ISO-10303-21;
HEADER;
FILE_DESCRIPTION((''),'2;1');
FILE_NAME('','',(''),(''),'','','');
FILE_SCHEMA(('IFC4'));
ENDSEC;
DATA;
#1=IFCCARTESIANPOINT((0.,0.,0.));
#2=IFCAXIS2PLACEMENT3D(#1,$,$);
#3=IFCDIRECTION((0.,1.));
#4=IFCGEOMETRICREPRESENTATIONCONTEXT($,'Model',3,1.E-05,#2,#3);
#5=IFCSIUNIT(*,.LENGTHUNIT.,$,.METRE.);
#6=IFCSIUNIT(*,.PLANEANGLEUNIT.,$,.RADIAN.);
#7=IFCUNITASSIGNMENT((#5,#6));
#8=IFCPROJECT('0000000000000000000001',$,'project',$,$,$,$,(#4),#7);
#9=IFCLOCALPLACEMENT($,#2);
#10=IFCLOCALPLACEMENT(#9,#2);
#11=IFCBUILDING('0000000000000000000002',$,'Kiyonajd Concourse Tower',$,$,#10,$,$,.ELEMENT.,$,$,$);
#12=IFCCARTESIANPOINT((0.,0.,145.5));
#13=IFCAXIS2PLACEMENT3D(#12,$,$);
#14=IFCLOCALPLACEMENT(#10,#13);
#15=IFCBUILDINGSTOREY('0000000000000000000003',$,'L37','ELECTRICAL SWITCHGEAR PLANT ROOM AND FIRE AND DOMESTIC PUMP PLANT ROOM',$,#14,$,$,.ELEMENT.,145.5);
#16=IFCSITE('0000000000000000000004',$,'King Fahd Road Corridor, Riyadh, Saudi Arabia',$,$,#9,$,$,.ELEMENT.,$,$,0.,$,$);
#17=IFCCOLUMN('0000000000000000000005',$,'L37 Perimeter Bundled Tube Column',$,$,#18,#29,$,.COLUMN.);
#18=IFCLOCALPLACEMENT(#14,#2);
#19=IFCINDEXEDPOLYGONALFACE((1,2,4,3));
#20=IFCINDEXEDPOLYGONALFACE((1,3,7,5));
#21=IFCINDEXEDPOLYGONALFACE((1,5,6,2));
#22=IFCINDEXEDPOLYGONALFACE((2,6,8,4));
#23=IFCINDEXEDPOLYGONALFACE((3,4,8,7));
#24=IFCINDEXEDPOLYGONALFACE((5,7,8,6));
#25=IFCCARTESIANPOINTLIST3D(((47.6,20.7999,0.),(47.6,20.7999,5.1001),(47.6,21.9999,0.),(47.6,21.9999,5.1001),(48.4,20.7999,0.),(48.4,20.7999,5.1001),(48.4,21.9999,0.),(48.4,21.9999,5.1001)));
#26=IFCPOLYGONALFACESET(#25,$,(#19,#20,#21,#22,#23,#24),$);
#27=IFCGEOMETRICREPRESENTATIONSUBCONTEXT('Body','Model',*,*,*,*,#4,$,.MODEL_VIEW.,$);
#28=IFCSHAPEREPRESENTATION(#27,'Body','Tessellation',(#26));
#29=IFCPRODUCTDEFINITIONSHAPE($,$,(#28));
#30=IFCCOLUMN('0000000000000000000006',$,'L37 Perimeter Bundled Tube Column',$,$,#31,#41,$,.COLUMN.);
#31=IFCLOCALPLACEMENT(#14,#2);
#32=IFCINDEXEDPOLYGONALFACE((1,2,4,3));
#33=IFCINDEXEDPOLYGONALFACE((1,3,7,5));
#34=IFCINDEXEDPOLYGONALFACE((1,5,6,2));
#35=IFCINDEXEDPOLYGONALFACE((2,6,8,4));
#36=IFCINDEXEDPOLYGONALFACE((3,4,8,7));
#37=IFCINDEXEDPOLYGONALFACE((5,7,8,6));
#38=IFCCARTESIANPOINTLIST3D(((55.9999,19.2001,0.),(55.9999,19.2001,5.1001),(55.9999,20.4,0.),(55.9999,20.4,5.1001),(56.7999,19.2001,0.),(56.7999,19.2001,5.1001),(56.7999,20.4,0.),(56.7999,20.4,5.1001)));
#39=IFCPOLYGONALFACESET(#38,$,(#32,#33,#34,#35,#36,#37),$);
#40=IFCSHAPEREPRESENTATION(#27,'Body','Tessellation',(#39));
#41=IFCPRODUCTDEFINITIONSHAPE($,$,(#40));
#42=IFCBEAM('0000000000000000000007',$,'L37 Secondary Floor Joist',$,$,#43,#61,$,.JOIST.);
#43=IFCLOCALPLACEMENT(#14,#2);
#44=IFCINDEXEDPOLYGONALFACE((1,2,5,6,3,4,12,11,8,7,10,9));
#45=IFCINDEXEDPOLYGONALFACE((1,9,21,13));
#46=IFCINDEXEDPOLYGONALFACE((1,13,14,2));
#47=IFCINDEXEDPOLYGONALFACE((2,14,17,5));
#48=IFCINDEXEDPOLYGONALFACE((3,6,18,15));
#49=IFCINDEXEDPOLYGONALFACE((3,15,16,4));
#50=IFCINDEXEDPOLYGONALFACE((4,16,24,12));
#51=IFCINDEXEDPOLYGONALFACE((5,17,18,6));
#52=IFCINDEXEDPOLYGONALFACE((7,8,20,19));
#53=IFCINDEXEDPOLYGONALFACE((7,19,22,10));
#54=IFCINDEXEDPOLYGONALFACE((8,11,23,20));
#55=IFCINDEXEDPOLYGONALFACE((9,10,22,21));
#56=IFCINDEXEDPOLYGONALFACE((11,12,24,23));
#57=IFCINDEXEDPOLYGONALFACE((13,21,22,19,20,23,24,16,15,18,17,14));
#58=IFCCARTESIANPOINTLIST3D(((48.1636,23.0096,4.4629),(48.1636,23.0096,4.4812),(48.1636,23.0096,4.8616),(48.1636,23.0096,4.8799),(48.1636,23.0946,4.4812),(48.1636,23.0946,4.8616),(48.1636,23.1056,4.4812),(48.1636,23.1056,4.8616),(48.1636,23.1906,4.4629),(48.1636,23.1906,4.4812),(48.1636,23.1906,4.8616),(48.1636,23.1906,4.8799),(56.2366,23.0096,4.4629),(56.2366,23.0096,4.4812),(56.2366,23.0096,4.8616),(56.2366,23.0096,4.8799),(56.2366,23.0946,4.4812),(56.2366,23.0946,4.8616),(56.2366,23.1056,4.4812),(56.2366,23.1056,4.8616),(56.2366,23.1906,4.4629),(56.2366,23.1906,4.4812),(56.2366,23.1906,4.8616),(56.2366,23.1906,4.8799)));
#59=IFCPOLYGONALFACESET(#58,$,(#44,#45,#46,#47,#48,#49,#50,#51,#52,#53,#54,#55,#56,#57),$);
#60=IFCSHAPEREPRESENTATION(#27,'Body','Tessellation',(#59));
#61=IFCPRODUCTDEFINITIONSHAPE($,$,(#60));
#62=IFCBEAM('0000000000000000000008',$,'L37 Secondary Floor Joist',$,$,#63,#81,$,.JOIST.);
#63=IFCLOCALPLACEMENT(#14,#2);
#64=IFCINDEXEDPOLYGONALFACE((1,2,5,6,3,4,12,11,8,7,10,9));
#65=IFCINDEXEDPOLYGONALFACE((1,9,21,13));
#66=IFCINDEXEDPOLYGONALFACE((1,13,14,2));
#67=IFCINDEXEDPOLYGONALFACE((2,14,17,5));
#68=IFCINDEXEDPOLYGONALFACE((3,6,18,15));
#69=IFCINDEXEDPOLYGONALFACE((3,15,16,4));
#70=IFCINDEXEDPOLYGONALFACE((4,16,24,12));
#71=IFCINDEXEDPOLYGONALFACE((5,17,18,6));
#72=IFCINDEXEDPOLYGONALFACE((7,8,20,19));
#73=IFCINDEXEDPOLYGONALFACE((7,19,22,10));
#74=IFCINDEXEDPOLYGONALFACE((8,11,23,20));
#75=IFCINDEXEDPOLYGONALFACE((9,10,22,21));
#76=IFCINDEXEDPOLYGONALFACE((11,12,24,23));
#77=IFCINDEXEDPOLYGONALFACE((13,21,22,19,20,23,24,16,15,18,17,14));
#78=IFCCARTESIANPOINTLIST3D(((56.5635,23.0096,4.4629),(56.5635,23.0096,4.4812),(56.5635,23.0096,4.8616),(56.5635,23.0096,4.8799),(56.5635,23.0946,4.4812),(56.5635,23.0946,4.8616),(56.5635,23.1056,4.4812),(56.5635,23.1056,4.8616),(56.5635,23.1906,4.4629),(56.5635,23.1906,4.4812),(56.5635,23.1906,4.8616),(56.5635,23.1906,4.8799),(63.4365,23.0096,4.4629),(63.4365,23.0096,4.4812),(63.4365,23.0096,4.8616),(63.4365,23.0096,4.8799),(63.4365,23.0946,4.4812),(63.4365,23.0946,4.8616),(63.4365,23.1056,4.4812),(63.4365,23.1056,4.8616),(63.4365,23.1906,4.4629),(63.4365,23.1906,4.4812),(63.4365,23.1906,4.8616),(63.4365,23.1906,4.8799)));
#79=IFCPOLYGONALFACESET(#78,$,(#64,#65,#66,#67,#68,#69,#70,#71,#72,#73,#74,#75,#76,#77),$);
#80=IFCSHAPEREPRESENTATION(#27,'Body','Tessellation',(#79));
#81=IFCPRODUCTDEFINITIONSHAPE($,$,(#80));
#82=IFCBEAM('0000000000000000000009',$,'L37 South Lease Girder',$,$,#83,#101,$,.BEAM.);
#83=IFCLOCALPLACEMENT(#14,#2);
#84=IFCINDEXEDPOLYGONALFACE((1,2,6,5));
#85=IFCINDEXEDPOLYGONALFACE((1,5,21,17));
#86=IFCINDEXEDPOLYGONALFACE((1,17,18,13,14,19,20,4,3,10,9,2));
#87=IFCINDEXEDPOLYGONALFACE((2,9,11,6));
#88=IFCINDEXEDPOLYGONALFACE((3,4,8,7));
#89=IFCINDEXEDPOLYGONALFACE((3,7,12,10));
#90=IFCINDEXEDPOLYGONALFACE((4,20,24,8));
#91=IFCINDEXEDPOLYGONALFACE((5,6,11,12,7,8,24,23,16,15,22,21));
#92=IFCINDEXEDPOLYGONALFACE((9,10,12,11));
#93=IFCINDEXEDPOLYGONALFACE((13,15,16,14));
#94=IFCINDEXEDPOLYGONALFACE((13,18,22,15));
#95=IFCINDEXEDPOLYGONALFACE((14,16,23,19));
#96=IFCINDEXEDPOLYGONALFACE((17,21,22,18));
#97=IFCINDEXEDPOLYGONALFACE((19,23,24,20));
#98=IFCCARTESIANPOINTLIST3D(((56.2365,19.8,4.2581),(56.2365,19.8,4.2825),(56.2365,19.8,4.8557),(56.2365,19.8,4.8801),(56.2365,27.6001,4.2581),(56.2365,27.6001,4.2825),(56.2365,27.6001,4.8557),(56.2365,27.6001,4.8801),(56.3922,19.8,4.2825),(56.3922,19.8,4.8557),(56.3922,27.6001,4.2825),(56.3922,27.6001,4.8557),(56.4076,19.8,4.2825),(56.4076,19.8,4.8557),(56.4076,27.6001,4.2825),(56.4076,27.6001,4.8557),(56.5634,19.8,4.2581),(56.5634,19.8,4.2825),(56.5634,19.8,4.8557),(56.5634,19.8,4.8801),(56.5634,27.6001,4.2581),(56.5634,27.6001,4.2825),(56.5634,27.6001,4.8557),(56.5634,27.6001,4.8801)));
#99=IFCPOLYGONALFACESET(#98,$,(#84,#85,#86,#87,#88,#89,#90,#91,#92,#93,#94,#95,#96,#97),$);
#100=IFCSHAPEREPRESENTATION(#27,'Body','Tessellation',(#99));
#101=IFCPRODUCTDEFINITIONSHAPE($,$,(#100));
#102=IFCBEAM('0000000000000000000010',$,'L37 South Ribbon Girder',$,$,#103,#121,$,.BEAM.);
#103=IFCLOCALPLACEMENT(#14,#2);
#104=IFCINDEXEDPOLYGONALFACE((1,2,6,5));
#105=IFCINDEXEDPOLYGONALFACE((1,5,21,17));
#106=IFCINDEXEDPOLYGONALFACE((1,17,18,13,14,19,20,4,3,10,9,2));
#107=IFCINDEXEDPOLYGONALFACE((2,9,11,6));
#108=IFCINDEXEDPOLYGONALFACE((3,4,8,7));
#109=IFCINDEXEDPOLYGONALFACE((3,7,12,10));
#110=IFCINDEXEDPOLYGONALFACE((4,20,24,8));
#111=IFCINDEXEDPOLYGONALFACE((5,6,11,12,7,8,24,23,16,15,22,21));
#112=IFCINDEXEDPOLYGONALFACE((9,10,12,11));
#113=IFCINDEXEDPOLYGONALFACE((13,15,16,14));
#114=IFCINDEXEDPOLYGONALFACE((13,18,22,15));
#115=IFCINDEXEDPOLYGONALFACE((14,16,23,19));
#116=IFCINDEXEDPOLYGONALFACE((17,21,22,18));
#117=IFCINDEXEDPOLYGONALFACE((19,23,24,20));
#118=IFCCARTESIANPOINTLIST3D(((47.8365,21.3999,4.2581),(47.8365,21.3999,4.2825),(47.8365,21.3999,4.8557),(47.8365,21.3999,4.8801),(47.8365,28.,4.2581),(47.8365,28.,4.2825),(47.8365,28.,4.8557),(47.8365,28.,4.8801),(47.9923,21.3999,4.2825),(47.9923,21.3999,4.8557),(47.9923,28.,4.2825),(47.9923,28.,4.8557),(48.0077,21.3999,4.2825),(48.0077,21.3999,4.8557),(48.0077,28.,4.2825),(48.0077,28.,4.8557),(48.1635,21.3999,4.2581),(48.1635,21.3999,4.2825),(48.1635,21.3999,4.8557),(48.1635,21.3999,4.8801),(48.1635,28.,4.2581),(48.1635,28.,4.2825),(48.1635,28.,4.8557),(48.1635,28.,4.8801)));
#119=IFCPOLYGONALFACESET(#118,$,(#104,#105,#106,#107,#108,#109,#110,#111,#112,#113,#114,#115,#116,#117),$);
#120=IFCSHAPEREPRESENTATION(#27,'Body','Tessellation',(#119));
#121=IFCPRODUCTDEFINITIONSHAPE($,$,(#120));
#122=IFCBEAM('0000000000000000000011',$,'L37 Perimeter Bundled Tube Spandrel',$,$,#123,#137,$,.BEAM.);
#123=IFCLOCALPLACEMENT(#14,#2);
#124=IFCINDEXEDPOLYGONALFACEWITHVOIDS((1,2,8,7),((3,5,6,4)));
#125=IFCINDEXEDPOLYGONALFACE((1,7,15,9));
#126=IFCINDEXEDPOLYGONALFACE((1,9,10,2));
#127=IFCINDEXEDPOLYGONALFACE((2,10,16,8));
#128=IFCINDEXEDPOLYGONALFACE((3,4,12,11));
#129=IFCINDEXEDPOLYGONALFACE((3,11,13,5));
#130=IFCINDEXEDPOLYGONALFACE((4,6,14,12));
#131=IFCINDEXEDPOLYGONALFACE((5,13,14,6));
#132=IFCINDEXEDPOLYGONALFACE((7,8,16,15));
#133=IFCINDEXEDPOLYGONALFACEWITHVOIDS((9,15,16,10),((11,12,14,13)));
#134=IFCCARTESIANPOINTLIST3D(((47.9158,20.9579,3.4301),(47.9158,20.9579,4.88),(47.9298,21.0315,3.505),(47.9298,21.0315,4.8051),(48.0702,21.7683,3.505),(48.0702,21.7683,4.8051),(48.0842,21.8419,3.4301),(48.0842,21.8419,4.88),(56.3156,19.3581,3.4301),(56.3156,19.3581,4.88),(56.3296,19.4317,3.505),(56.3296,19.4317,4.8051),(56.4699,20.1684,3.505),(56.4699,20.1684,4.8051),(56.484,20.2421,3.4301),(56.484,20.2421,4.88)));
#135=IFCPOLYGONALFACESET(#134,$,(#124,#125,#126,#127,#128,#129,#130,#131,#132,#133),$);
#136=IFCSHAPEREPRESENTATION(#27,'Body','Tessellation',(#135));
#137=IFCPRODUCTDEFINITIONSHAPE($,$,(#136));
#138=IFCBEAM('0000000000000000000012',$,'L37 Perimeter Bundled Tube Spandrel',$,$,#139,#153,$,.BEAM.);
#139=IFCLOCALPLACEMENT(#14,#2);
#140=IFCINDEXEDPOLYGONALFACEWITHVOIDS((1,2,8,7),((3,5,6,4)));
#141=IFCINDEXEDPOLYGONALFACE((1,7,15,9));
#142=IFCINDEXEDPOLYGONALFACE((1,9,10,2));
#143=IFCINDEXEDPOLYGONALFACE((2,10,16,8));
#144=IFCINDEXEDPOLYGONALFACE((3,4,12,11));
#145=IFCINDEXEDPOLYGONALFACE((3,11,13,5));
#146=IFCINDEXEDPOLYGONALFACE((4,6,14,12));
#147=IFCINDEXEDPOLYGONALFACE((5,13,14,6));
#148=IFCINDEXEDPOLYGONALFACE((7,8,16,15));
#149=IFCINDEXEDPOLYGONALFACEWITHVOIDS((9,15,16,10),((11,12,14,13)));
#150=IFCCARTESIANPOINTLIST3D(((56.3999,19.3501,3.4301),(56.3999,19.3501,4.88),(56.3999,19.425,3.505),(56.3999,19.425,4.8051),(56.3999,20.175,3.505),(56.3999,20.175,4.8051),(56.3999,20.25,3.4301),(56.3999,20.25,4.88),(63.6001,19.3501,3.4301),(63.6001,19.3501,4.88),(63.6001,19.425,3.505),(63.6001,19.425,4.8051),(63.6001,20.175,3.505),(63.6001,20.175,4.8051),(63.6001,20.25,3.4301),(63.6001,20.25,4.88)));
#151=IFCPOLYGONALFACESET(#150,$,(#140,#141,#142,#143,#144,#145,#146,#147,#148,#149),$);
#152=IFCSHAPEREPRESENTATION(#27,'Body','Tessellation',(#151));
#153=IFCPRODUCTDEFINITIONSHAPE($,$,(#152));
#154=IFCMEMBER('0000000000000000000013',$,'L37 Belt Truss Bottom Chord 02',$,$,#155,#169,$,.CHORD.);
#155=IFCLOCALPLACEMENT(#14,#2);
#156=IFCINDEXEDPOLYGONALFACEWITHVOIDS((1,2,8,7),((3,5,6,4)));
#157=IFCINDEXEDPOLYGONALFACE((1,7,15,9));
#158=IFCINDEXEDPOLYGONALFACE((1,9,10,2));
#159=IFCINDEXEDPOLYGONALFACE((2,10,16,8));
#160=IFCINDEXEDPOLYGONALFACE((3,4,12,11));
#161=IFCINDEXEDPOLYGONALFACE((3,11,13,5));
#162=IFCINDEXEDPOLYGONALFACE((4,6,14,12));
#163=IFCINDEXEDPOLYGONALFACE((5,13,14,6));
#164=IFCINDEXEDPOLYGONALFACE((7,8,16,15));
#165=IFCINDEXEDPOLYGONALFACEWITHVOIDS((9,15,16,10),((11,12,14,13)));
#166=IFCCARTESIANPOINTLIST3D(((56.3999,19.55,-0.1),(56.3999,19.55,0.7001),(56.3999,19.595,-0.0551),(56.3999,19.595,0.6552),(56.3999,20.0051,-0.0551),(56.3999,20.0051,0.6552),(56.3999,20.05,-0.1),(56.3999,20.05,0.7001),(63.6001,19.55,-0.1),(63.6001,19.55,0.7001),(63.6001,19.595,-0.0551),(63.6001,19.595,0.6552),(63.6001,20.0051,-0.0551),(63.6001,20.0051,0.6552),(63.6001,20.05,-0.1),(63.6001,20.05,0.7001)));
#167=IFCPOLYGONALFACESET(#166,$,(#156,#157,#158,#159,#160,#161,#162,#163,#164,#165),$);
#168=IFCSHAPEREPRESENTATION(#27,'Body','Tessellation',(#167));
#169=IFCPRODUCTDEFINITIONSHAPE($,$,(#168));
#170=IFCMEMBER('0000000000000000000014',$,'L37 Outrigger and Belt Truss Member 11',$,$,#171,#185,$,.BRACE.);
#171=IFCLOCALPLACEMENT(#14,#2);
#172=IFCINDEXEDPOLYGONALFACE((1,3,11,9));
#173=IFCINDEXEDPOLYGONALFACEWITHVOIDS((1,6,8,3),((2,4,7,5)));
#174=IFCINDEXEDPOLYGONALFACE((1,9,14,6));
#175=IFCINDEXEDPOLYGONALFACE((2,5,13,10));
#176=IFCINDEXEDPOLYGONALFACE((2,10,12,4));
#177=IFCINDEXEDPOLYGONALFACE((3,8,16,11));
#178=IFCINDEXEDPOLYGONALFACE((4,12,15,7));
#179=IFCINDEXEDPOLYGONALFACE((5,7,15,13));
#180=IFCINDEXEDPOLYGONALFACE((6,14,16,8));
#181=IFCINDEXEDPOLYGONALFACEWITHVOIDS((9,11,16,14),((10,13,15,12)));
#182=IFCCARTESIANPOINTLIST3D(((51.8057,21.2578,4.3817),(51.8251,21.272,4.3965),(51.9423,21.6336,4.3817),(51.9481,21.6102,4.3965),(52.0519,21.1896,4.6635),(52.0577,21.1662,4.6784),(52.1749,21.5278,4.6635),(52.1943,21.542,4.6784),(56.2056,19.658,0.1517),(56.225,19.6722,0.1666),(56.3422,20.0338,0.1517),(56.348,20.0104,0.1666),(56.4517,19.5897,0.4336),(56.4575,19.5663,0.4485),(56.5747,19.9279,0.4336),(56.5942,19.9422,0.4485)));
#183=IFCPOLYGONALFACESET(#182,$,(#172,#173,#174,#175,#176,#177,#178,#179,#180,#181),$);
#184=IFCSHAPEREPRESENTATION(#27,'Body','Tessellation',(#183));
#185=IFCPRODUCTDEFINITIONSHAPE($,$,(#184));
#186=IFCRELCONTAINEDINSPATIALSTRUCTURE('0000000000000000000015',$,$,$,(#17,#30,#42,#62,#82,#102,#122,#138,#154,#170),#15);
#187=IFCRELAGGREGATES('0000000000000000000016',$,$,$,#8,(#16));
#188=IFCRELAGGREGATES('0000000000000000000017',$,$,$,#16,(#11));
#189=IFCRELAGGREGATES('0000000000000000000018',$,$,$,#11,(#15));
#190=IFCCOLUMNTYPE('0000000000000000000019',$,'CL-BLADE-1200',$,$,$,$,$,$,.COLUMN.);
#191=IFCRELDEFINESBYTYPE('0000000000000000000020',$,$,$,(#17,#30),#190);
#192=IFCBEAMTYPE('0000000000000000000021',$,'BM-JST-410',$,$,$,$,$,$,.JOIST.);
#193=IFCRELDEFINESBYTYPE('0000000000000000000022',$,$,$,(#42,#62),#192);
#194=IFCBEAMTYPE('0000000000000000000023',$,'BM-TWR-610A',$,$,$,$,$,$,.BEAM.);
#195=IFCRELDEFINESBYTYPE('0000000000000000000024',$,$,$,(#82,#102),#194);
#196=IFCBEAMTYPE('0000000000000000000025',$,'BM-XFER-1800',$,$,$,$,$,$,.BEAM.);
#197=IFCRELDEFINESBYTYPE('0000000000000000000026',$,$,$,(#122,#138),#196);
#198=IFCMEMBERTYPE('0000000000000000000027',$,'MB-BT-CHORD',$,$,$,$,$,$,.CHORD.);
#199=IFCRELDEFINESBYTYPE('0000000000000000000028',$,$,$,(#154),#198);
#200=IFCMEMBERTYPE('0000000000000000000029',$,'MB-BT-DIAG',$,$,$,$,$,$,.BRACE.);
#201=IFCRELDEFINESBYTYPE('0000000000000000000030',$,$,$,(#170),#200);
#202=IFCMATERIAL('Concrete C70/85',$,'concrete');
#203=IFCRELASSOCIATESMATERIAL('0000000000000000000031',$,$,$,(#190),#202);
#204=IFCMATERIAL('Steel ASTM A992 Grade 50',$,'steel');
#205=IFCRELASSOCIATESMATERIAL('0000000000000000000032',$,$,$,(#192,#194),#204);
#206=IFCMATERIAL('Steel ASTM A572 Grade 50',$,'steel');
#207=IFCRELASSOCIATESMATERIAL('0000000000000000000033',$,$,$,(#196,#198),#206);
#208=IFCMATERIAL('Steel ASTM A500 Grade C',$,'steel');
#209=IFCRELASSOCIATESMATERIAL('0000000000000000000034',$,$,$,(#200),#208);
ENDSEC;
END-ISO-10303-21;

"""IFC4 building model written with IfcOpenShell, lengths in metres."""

from ifc_helpers import new_model, si_unit, direction, frame, origin, origin_2d, place, context, subcontext, project, spatial, rectangle, hollow_rectangle, i_section, extrude, material, material_profile, profile_set, type_object, element, save


model = new_model("IFC4")

# Units and contexts
model_context = context("Model", 3, precision=1e-05, world=origin(), true_north=direction((0.0, 1.0)))
body_context = subcontext(model_context, "Body", "Model", "MODEL_VIEW")
ifc_project = project(units=[si_unit("LENGTHUNIT", "METRE"), si_unit("PLANEANGLEUNIT", "RADIAN")], contexts=[model_context])

# Site, building, storey
site_placement = place(None, origin())
site = spatial("IfcSite", under=ifc_project, at=site_placement, Name="King Fahd Road Corridor, Riyadh, Saudi Arabia", CompositionType="ELEMENT", RefElevation=0.0)
building_placement = place(site_placement, origin())
building = spatial("IfcBuilding", under=site, at=building_placement, Name="Kiyonajd Concourse Tower", CompositionType="ELEMENT")
storey_placement = place(building_placement, frame((0.0, 0.0, 145.5)))
storey = spatial("IfcBuildingStorey", under=building, at=storey_placement, Name="L37", Description="ELECTRICAL SWITCHGEAR PLANT ROOM AND FIRE AND DOMESTIC PUMP PLANT ROOM", CompositionType="ELEMENT", Elevation=145.5)

# Columns
ifc_material_1 = material(Name="Concrete C70/85", Category="concrete")
ifc_material_profile_1 = material_profile(ifc_material_1, rectangle(XDim=0.8, YDim=1.2, at=origin_2d()), Name="RC-1200x800")
ifc_profile_set_1 = profile_set([ifc_material_profile_1], Name="Concrete C70/85")
column_type = type_object("IfcColumnType", Name="CL-BLADE-1200", PredefinedType="COLUMN", material=ifc_profile_set_1)
for number, where, z_axis, x_axis, name in (
    (1, (48.0, 21.3999, 0.0), (0.0, 0.0, 1.0), (1.0, 0.0, 0.0), "L37 Perimeter Bundled Tube Column"),
    (2, (56.3999, 19.8, 0.0), (0.0, 0.0, 1.0), (1.0, 0.0, 0.0), "L37 Perimeter Bundled Tube Column"),
):
    element("IfcColumn", number, at=place(storey_placement, frame(where, z_axis=z_axis, x_axis=x_axis)), inside=storey, type_object=column_type, Name=name, PredefinedType="COLUMN", context=body_context, shape_type="SweptSolid", body=[
        extrude(rectangle(XDim=0.8, YDim=1.2, at=origin_2d()), origin(), (0.0, 0.0, 1.0), 5.1001),
    ])

# Beams
ifc_material_2 = material(Name="Steel ASTM A992 Grade 50", Category="steel")
ifc_material_profile_2 = material_profile(ifc_material_2, i_section(OverallWidth=0.1809, OverallDepth=0.417, WebThickness=0.011, FlangeThickness=0.0183, at=origin_2d()), Name="W410X85")
ifc_profile_set_2 = profile_set([ifc_material_profile_2], Name="Steel ASTM A992 Grade 50")
beam_type_1 = type_object("IfcBeamType", Name="BM-JST-410", PredefinedType="JOIST", material=ifc_profile_set_2)
beam_1_placement = place(storey_placement, frame((48.1636, 23.1001, 4.6714), z_axis=(1.0, 0.0, 0.0), x_axis=(0.0, 1.0, 0.0)))
element("IfcBeam", 3, at=beam_1_placement, inside=storey, type_object=beam_type_1, Name="L37 Secondary Floor Joist", PredefinedType="JOIST", context=body_context, shape_type="SweptSolid", body=[
    extrude(i_section(OverallWidth=0.1809, OverallDepth=0.417, WebThickness=0.011, FlangeThickness=0.0183, at=origin_2d()), origin(), (0.0, 0.0, 1.0), 8.073),
])
beam_2_placement = place(storey_placement, frame((56.5635, 23.1001, 4.6714), z_axis=(1.0, 0.0, 0.0), x_axis=(0.0, 1.0, 0.0)))
element("IfcBeam", 4, at=beam_2_placement, inside=storey, type_object=beam_type_1, Name="L37 Secondary Floor Joist", PredefinedType="JOIST", context=body_context, shape_type="SweptSolid", body=[
    extrude(i_section(OverallWidth=0.1809, OverallDepth=0.417, WebThickness=0.011, FlangeThickness=0.0183, at=origin_2d()), origin(), (0.0, 0.0, 1.0), 6.873),
])
ifc_material_profile_3 = material_profile(ifc_material_2, i_section(OverallWidth=0.3269, OverallDepth=0.6221, WebThickness=0.0154, FlangeThickness=0.0244, at=origin_2d()), Name="W610X195")
ifc_profile_set_3 = profile_set([ifc_material_profile_3], Name="Steel ASTM A992 Grade 50")
beam_type_2 = type_object("IfcBeamType", Name="BM-TWR-610A", PredefinedType="BEAM", material=ifc_profile_set_3)
beam_3_placement = place(storey_placement, frame((56.3999, 19.8, 4.5691), z_axis=(0.0, 1.0, 0.0), x_axis=(-1.0, 0.0, 0.0)))
element("IfcBeam", 5, at=beam_3_placement, inside=storey, type_object=beam_type_2, Name="L37 South Lease Girder", PredefinedType="BEAM", context=body_context, shape_type="SweptSolid", body=[
    extrude(i_section(OverallWidth=0.3269, OverallDepth=0.6221, WebThickness=0.0154, FlangeThickness=0.0244, at=origin_2d()), origin(), (0.0, 0.0, 1.0), 7.8),
])
beam_4_placement = place(storey_placement, frame((48.0, 21.3999, 4.5691), z_axis=(0.0, 1.0, 0.0), x_axis=(-1.0, 0.0, 0.0)))
element("IfcBeam", 6, at=beam_4_placement, inside=storey, type_object=beam_type_2, Name="L37 South Ribbon Girder", PredefinedType="BEAM", context=body_context, shape_type="SweptSolid", body=[
    extrude(i_section(OverallWidth=0.3269, OverallDepth=0.6221, WebThickness=0.0154, FlangeThickness=0.0244, at=origin_2d()), origin(), (0.0, 0.0, 1.0), 6.6001),
])
ifc_material_3 = material(Name="Steel ASTM A572 Grade 50", Category="steel")
ifc_material_profile_4 = material_profile(ifc_material_3, hollow_rectangle(XDim=0.8999, YDim=1.45, WallThickness=0.075, at=origin_2d()), Name="BOX-1450x900x75")
ifc_profile_set_4 = profile_set([ifc_material_profile_4], Name="Steel ASTM A572 Grade 50")
beam_type_3 = type_object("IfcBeamType", Name="BM-XFER-1800", PredefinedType="BEAM", material=ifc_profile_set_4)
beam_5_placement = place(storey_placement, frame((48.0, 21.3999, 4.155), z_axis=(0.982341, -0.187098, 0.0), x_axis=(0.187098, 0.982341, 0.0)))
element("IfcBeam", 7, at=beam_5_placement, inside=storey, type_object=beam_type_3, Name="L37 Perimeter Bundled Tube Spandrel", PredefinedType="BEAM", context=body_context, shape_type="SweptSolid", body=[
    extrude(hollow_rectangle(XDim=0.8999, YDim=1.45, WallThickness=0.075, at=origin_2d()), origin(), (0.0, 0.0, 1.0), 8.5508),
])
beam_6_placement = place(storey_placement, frame((56.3999, 19.8, 4.155), z_axis=(1.0, 0.0, 0.0), x_axis=(0.0, 1.0, 0.0)))
element("IfcBeam", 8, at=beam_6_placement, inside=storey, type_object=beam_type_3, Name="L37 Perimeter Bundled Tube Spandrel", PredefinedType="BEAM", context=body_context, shape_type="SweptSolid", body=[
    extrude(hollow_rectangle(XDim=0.8999, YDim=1.45, WallThickness=0.075, at=origin_2d()), origin(), (0.0, 0.0, 1.0), 7.2002),
])

# Members
ifc_material_profile_5 = material_profile(ifc_material_3, hollow_rectangle(XDim=0.5, YDim=0.8, WallThickness=0.0449, at=origin_2d()), Name="BOX-800x500x45")
ifc_profile_set_5 = profile_set([ifc_material_profile_5], Name="Steel ASTM A572 Grade 50")
member_type_1 = type_object("IfcMemberType", Name="MB-BT-CHORD", PredefinedType="CHORD", material=ifc_profile_set_5)
member_1_placement = place(storey_placement, frame((56.3999, 19.8, 0.3), z_axis=(1.0, 0.0, 0.0), x_axis=(0.0, 1.0, 0.0)))
element("IfcMember", 9, at=member_1_placement, inside=storey, type_object=member_type_1, Name="L37 Belt Truss Bottom Chord 02", PredefinedType="CHORD", context=body_context, shape_type="SweptSolid", body=[
    extrude(hollow_rectangle(XDim=0.5, YDim=0.8, WallThickness=0.0449, at=origin_2d()), origin(), (0.0, 0.0, 1.0), 7.2002),
])
ifc_material_4 = material(Name="Steel ASTM A500 Grade C", Category="steel")
ifc_material_profile_6 = material_profile(ifc_material_4, hollow_rectangle(XDim=0.3999, YDim=0.3999, WallThickness=0.02, at=origin_2d()), Name="HSS-400x400x20")
ifc_profile_set_6 = profile_set([ifc_material_profile_6], Name="Steel ASTM A500 Grade C")
member_type_2 = type_object("IfcMemberType", Name="MB-BT-DIAG", PredefinedType="BRACE", material=ifc_profile_set_6)
member_2_placement = place(storey_placement, frame((52.0, 21.3999, 4.53), z_axis=(0.697331, -0.253557, -0.670401), x_axis=(0.341722, 0.939801, 0.0)))
element("IfcMember", 10, at=member_2_placement, inside=storey, type_object=member_type_2, Name="L37 Outrigger and Belt Truss Member 11", PredefinedType="BRACE", context=body_context, shape_type="SweptSolid", body=[
    extrude(hollow_rectangle(XDim=0.3999, YDim=0.3999, WallThickness=0.02, at=origin_2d()), origin(), (0.0, 0.0, 1.0), 6.3096),
])

save(model, "model.ifc")
